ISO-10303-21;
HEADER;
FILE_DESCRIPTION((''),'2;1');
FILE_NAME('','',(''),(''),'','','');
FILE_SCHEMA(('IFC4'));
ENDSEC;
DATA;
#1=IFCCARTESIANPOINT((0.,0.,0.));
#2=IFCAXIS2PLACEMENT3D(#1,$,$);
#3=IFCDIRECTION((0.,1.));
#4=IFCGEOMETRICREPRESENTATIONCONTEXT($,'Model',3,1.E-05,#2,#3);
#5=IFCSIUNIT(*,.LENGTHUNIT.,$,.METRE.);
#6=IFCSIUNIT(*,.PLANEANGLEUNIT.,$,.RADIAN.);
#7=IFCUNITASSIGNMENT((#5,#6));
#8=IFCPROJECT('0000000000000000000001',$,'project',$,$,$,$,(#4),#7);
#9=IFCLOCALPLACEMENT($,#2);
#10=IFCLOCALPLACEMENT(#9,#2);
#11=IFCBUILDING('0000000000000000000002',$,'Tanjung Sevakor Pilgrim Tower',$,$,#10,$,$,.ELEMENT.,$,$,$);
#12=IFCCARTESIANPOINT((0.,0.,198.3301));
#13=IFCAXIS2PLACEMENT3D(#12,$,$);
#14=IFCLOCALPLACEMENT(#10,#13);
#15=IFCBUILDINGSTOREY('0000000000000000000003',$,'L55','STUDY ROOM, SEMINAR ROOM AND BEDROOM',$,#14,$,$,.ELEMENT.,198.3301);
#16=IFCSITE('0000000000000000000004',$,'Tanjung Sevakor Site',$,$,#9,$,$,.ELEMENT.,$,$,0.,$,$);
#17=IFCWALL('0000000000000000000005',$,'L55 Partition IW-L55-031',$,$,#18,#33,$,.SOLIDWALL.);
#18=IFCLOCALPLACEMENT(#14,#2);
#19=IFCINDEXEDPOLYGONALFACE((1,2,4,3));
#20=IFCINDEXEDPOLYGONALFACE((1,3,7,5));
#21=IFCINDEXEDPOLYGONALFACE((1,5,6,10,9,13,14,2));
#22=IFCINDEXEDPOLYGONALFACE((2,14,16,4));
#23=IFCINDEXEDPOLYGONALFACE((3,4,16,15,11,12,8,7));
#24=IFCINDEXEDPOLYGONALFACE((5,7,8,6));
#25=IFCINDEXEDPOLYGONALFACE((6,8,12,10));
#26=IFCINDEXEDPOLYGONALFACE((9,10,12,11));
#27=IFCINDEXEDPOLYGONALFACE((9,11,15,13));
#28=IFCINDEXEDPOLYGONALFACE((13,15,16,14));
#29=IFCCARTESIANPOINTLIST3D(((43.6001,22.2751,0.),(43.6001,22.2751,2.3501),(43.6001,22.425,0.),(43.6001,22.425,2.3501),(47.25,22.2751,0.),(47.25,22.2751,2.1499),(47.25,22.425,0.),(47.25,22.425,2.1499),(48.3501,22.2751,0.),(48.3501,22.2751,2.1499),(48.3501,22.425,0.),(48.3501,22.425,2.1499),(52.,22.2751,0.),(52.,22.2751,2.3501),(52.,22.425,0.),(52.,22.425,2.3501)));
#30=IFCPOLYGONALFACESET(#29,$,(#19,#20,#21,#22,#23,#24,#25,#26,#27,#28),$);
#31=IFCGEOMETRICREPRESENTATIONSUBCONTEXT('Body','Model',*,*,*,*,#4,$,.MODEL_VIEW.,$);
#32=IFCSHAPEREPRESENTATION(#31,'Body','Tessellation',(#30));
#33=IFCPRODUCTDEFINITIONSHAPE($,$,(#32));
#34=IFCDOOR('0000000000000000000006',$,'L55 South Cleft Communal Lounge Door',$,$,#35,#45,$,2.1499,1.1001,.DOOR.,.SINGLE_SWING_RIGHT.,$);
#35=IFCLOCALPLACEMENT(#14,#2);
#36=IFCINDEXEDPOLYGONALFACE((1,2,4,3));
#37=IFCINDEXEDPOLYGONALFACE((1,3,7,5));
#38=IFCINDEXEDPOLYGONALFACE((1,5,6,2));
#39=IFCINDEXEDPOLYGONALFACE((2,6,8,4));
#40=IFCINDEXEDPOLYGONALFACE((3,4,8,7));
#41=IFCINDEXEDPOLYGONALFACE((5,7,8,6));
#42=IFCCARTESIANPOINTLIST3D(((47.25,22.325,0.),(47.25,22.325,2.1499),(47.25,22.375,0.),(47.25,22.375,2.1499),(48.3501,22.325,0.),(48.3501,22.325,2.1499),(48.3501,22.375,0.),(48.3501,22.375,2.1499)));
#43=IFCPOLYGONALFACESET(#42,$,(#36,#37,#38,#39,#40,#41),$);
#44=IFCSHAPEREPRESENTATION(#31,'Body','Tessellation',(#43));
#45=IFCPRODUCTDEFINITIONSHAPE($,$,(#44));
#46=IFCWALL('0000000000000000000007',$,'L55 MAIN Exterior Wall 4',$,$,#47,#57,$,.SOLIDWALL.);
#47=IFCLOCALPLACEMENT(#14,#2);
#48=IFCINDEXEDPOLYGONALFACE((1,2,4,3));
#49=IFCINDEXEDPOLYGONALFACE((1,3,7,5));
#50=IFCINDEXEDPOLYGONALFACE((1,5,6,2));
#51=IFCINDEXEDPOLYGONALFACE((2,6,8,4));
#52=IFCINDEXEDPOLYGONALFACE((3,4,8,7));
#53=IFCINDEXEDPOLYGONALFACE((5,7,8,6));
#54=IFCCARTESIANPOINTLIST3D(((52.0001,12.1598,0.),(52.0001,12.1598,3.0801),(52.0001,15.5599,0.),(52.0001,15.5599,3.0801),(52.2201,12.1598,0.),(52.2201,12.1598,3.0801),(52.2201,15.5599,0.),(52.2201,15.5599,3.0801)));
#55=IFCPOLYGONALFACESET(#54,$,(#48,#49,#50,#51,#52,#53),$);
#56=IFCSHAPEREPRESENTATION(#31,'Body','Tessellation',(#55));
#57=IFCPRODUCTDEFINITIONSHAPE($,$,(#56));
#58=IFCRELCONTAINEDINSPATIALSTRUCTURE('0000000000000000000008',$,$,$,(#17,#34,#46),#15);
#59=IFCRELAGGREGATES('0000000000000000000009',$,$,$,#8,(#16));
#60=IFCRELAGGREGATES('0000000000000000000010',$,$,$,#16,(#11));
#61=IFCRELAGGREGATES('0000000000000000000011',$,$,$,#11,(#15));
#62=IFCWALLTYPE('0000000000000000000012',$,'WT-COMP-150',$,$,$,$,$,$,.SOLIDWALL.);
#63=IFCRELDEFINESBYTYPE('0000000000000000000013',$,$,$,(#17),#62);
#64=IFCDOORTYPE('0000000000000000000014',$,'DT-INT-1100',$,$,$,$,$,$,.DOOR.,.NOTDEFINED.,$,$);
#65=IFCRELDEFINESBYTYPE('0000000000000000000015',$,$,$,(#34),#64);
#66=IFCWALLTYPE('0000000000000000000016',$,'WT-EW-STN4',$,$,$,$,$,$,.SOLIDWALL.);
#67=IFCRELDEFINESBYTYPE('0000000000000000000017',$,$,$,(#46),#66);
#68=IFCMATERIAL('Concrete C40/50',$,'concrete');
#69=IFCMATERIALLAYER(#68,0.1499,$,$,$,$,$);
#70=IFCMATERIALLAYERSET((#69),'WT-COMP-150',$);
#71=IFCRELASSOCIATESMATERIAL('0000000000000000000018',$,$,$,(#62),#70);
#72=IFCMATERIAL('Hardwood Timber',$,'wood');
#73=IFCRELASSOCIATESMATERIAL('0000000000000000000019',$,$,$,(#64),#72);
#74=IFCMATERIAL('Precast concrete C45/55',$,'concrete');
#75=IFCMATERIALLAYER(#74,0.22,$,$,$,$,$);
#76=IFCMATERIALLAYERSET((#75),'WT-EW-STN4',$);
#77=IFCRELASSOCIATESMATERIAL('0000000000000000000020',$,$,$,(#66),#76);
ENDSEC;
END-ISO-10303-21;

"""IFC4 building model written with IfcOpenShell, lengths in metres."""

from ifc_helpers import new_model, si_unit, direction, frame, frame_2d, origin, place, context, subcontext, project, spatial, rectangle, extrude, material, layer, layer_set, type_object, element, fill, save


model = new_model("IFC4")

# Units and contexts
model_context = context("Model", 3, precision=1e-05, world=origin(), true_north=direction((0.0, 1.0)))
body_context = subcontext(model_context, "Body", "Model", "MODEL_VIEW")
ifc_project = project(units=[si_unit("LENGTHUNIT", "METRE"), si_unit("PLANEANGLEUNIT", "RADIAN")], contexts=[model_context])

# Site, building, storey
site_placement = place(None, origin())
site = spatial("IfcSite", under=ifc_project, at=site_placement, Name="Tanjung Sevakor Site", CompositionType="ELEMENT", RefElevation=0.0)
building_placement = place(site_placement, origin())
building = spatial("IfcBuilding", under=site, at=building_placement, Name="Tanjung Sevakor Pilgrim Tower", CompositionType="ELEMENT")
storey_placement = place(building_placement, frame((0.0, 0.0, 198.3301)))
storey = spatial("IfcBuildingStorey", under=building, at=storey_placement, Name="L55", Description="STUDY ROOM, SEMINAR ROOM AND BEDROOM", CompositionType="ELEMENT", Elevation=198.3301)

# Shared definitions
ifc_material_1 = material(Name="Concrete C40/50", Category="concrete")
ifc_layer_1 = layer(ifc_material_1, 0.1499)
ifc_layer_set_1 = layer_set([ifc_layer_1], Name="WT-COMP-150")
wall_type_1 = type_object("IfcWallType", Name="WT-COMP-150", PredefinedType="SOLIDWALL", material=ifc_layer_set_1)

# Wall, opening, door
wall_1_placement = place(storey_placement, frame((43.6001, 22.3501, 0.0), z_axis=(0.0, 0.0, 1.0), x_axis=(1.0, 0.0, 0.0)))
wall_1 = element("IfcWall", 1, at=wall_1_placement, inside=storey, type_object=wall_type_1, Name="L55 Partition IW-L55-031", PredefinedType="SOLIDWALL", context=body_context, shape_type="SweptSolid", body=[
    extrude(rectangle(XDim=8.3999, YDim=0.1499, at=frame_2d((4.2, 0.0))), origin(), (0.0, 0.0, 1.0), 2.3501),
])
opening_1_placement = place(wall_1_placement, frame((3.6499, 0.0, 0.0)))
opening_1 = element("IfcOpeningElement", 2, at=opening_1_placement, cuts=wall_1, PredefinedType="OPENING", context=body_context, shape_type="SweptSolid", body=[
    extrude(rectangle(XDim=1.1001, YDim=2.1499, at=frame_2d((0.55, 1.075))), frame((0.0, 0.085, 0.0), z_axis=(0.0, -1.0, 0.0), x_axis=(1.0, 0.0, 0.0)), (0.0, 0.0, 1.0), 0.1699),
])
ifc_material_2 = material(Name="Hardwood Timber", Category="wood")
door_type_1 = type_object("IfcDoorType", Name="DT-INT-1100", OperationType="NOTDEFINED", PredefinedType="DOOR", material=ifc_material_2)
door_1_placement = place(opening_1_placement, origin())
door_1 = element("IfcDoor", 3, at=door_1_placement, inside=storey, type_object=door_type_1, Name="L55 South Cleft Communal Lounge Door", OperationType="SINGLE_SWING_RIGHT", OverallHeight=2.1499, OverallWidth=1.1001, PredefinedType="DOOR", context=body_context, shape_type="SweptSolid", body=[
    extrude(rectangle(XDim=1.1001, YDim=2.1499, at=frame_2d((0.55, 1.075))), frame((0.0, 0.0249, 0.0), z_axis=(0.0, -1.0, 0.0), x_axis=(1.0, 0.0, 0.0)), (0.0, 0.0, 1.0), 0.05),
])
fill(opening_1, door_1)

# Wall
ifc_material_3 = material(Name="Precast concrete C45/55", Category="concrete")
ifc_layer_2 = layer(ifc_material_3, 0.22)
ifc_layer_set_2 = layer_set([ifc_layer_2], Name="WT-EW-STN4")
wall_type_2 = type_object("IfcWallType", Name="WT-EW-STN4", PredefinedType="SOLIDWALL", material=ifc_layer_set_2)
wall_2_placement = place(storey_placement, frame((52.1101, 15.5601, 0.0), z_axis=(0.0, 0.0, 1.0), x_axis=(0.0, -1.0, 0.0)))
element("IfcWall", 4, at=wall_2_placement, inside=storey, type_object=wall_type_2, Name="L55 MAIN Exterior Wall 4", PredefinedType="SOLIDWALL", context=body_context, shape_type="SweptSolid", body=[
    extrude(rectangle(XDim=3.4001, YDim=0.22, at=frame_2d((1.7002, 0.0))), origin(), (0.0, 0.0, 1.0), 3.0801),
])

save(model, "model.ifc")
